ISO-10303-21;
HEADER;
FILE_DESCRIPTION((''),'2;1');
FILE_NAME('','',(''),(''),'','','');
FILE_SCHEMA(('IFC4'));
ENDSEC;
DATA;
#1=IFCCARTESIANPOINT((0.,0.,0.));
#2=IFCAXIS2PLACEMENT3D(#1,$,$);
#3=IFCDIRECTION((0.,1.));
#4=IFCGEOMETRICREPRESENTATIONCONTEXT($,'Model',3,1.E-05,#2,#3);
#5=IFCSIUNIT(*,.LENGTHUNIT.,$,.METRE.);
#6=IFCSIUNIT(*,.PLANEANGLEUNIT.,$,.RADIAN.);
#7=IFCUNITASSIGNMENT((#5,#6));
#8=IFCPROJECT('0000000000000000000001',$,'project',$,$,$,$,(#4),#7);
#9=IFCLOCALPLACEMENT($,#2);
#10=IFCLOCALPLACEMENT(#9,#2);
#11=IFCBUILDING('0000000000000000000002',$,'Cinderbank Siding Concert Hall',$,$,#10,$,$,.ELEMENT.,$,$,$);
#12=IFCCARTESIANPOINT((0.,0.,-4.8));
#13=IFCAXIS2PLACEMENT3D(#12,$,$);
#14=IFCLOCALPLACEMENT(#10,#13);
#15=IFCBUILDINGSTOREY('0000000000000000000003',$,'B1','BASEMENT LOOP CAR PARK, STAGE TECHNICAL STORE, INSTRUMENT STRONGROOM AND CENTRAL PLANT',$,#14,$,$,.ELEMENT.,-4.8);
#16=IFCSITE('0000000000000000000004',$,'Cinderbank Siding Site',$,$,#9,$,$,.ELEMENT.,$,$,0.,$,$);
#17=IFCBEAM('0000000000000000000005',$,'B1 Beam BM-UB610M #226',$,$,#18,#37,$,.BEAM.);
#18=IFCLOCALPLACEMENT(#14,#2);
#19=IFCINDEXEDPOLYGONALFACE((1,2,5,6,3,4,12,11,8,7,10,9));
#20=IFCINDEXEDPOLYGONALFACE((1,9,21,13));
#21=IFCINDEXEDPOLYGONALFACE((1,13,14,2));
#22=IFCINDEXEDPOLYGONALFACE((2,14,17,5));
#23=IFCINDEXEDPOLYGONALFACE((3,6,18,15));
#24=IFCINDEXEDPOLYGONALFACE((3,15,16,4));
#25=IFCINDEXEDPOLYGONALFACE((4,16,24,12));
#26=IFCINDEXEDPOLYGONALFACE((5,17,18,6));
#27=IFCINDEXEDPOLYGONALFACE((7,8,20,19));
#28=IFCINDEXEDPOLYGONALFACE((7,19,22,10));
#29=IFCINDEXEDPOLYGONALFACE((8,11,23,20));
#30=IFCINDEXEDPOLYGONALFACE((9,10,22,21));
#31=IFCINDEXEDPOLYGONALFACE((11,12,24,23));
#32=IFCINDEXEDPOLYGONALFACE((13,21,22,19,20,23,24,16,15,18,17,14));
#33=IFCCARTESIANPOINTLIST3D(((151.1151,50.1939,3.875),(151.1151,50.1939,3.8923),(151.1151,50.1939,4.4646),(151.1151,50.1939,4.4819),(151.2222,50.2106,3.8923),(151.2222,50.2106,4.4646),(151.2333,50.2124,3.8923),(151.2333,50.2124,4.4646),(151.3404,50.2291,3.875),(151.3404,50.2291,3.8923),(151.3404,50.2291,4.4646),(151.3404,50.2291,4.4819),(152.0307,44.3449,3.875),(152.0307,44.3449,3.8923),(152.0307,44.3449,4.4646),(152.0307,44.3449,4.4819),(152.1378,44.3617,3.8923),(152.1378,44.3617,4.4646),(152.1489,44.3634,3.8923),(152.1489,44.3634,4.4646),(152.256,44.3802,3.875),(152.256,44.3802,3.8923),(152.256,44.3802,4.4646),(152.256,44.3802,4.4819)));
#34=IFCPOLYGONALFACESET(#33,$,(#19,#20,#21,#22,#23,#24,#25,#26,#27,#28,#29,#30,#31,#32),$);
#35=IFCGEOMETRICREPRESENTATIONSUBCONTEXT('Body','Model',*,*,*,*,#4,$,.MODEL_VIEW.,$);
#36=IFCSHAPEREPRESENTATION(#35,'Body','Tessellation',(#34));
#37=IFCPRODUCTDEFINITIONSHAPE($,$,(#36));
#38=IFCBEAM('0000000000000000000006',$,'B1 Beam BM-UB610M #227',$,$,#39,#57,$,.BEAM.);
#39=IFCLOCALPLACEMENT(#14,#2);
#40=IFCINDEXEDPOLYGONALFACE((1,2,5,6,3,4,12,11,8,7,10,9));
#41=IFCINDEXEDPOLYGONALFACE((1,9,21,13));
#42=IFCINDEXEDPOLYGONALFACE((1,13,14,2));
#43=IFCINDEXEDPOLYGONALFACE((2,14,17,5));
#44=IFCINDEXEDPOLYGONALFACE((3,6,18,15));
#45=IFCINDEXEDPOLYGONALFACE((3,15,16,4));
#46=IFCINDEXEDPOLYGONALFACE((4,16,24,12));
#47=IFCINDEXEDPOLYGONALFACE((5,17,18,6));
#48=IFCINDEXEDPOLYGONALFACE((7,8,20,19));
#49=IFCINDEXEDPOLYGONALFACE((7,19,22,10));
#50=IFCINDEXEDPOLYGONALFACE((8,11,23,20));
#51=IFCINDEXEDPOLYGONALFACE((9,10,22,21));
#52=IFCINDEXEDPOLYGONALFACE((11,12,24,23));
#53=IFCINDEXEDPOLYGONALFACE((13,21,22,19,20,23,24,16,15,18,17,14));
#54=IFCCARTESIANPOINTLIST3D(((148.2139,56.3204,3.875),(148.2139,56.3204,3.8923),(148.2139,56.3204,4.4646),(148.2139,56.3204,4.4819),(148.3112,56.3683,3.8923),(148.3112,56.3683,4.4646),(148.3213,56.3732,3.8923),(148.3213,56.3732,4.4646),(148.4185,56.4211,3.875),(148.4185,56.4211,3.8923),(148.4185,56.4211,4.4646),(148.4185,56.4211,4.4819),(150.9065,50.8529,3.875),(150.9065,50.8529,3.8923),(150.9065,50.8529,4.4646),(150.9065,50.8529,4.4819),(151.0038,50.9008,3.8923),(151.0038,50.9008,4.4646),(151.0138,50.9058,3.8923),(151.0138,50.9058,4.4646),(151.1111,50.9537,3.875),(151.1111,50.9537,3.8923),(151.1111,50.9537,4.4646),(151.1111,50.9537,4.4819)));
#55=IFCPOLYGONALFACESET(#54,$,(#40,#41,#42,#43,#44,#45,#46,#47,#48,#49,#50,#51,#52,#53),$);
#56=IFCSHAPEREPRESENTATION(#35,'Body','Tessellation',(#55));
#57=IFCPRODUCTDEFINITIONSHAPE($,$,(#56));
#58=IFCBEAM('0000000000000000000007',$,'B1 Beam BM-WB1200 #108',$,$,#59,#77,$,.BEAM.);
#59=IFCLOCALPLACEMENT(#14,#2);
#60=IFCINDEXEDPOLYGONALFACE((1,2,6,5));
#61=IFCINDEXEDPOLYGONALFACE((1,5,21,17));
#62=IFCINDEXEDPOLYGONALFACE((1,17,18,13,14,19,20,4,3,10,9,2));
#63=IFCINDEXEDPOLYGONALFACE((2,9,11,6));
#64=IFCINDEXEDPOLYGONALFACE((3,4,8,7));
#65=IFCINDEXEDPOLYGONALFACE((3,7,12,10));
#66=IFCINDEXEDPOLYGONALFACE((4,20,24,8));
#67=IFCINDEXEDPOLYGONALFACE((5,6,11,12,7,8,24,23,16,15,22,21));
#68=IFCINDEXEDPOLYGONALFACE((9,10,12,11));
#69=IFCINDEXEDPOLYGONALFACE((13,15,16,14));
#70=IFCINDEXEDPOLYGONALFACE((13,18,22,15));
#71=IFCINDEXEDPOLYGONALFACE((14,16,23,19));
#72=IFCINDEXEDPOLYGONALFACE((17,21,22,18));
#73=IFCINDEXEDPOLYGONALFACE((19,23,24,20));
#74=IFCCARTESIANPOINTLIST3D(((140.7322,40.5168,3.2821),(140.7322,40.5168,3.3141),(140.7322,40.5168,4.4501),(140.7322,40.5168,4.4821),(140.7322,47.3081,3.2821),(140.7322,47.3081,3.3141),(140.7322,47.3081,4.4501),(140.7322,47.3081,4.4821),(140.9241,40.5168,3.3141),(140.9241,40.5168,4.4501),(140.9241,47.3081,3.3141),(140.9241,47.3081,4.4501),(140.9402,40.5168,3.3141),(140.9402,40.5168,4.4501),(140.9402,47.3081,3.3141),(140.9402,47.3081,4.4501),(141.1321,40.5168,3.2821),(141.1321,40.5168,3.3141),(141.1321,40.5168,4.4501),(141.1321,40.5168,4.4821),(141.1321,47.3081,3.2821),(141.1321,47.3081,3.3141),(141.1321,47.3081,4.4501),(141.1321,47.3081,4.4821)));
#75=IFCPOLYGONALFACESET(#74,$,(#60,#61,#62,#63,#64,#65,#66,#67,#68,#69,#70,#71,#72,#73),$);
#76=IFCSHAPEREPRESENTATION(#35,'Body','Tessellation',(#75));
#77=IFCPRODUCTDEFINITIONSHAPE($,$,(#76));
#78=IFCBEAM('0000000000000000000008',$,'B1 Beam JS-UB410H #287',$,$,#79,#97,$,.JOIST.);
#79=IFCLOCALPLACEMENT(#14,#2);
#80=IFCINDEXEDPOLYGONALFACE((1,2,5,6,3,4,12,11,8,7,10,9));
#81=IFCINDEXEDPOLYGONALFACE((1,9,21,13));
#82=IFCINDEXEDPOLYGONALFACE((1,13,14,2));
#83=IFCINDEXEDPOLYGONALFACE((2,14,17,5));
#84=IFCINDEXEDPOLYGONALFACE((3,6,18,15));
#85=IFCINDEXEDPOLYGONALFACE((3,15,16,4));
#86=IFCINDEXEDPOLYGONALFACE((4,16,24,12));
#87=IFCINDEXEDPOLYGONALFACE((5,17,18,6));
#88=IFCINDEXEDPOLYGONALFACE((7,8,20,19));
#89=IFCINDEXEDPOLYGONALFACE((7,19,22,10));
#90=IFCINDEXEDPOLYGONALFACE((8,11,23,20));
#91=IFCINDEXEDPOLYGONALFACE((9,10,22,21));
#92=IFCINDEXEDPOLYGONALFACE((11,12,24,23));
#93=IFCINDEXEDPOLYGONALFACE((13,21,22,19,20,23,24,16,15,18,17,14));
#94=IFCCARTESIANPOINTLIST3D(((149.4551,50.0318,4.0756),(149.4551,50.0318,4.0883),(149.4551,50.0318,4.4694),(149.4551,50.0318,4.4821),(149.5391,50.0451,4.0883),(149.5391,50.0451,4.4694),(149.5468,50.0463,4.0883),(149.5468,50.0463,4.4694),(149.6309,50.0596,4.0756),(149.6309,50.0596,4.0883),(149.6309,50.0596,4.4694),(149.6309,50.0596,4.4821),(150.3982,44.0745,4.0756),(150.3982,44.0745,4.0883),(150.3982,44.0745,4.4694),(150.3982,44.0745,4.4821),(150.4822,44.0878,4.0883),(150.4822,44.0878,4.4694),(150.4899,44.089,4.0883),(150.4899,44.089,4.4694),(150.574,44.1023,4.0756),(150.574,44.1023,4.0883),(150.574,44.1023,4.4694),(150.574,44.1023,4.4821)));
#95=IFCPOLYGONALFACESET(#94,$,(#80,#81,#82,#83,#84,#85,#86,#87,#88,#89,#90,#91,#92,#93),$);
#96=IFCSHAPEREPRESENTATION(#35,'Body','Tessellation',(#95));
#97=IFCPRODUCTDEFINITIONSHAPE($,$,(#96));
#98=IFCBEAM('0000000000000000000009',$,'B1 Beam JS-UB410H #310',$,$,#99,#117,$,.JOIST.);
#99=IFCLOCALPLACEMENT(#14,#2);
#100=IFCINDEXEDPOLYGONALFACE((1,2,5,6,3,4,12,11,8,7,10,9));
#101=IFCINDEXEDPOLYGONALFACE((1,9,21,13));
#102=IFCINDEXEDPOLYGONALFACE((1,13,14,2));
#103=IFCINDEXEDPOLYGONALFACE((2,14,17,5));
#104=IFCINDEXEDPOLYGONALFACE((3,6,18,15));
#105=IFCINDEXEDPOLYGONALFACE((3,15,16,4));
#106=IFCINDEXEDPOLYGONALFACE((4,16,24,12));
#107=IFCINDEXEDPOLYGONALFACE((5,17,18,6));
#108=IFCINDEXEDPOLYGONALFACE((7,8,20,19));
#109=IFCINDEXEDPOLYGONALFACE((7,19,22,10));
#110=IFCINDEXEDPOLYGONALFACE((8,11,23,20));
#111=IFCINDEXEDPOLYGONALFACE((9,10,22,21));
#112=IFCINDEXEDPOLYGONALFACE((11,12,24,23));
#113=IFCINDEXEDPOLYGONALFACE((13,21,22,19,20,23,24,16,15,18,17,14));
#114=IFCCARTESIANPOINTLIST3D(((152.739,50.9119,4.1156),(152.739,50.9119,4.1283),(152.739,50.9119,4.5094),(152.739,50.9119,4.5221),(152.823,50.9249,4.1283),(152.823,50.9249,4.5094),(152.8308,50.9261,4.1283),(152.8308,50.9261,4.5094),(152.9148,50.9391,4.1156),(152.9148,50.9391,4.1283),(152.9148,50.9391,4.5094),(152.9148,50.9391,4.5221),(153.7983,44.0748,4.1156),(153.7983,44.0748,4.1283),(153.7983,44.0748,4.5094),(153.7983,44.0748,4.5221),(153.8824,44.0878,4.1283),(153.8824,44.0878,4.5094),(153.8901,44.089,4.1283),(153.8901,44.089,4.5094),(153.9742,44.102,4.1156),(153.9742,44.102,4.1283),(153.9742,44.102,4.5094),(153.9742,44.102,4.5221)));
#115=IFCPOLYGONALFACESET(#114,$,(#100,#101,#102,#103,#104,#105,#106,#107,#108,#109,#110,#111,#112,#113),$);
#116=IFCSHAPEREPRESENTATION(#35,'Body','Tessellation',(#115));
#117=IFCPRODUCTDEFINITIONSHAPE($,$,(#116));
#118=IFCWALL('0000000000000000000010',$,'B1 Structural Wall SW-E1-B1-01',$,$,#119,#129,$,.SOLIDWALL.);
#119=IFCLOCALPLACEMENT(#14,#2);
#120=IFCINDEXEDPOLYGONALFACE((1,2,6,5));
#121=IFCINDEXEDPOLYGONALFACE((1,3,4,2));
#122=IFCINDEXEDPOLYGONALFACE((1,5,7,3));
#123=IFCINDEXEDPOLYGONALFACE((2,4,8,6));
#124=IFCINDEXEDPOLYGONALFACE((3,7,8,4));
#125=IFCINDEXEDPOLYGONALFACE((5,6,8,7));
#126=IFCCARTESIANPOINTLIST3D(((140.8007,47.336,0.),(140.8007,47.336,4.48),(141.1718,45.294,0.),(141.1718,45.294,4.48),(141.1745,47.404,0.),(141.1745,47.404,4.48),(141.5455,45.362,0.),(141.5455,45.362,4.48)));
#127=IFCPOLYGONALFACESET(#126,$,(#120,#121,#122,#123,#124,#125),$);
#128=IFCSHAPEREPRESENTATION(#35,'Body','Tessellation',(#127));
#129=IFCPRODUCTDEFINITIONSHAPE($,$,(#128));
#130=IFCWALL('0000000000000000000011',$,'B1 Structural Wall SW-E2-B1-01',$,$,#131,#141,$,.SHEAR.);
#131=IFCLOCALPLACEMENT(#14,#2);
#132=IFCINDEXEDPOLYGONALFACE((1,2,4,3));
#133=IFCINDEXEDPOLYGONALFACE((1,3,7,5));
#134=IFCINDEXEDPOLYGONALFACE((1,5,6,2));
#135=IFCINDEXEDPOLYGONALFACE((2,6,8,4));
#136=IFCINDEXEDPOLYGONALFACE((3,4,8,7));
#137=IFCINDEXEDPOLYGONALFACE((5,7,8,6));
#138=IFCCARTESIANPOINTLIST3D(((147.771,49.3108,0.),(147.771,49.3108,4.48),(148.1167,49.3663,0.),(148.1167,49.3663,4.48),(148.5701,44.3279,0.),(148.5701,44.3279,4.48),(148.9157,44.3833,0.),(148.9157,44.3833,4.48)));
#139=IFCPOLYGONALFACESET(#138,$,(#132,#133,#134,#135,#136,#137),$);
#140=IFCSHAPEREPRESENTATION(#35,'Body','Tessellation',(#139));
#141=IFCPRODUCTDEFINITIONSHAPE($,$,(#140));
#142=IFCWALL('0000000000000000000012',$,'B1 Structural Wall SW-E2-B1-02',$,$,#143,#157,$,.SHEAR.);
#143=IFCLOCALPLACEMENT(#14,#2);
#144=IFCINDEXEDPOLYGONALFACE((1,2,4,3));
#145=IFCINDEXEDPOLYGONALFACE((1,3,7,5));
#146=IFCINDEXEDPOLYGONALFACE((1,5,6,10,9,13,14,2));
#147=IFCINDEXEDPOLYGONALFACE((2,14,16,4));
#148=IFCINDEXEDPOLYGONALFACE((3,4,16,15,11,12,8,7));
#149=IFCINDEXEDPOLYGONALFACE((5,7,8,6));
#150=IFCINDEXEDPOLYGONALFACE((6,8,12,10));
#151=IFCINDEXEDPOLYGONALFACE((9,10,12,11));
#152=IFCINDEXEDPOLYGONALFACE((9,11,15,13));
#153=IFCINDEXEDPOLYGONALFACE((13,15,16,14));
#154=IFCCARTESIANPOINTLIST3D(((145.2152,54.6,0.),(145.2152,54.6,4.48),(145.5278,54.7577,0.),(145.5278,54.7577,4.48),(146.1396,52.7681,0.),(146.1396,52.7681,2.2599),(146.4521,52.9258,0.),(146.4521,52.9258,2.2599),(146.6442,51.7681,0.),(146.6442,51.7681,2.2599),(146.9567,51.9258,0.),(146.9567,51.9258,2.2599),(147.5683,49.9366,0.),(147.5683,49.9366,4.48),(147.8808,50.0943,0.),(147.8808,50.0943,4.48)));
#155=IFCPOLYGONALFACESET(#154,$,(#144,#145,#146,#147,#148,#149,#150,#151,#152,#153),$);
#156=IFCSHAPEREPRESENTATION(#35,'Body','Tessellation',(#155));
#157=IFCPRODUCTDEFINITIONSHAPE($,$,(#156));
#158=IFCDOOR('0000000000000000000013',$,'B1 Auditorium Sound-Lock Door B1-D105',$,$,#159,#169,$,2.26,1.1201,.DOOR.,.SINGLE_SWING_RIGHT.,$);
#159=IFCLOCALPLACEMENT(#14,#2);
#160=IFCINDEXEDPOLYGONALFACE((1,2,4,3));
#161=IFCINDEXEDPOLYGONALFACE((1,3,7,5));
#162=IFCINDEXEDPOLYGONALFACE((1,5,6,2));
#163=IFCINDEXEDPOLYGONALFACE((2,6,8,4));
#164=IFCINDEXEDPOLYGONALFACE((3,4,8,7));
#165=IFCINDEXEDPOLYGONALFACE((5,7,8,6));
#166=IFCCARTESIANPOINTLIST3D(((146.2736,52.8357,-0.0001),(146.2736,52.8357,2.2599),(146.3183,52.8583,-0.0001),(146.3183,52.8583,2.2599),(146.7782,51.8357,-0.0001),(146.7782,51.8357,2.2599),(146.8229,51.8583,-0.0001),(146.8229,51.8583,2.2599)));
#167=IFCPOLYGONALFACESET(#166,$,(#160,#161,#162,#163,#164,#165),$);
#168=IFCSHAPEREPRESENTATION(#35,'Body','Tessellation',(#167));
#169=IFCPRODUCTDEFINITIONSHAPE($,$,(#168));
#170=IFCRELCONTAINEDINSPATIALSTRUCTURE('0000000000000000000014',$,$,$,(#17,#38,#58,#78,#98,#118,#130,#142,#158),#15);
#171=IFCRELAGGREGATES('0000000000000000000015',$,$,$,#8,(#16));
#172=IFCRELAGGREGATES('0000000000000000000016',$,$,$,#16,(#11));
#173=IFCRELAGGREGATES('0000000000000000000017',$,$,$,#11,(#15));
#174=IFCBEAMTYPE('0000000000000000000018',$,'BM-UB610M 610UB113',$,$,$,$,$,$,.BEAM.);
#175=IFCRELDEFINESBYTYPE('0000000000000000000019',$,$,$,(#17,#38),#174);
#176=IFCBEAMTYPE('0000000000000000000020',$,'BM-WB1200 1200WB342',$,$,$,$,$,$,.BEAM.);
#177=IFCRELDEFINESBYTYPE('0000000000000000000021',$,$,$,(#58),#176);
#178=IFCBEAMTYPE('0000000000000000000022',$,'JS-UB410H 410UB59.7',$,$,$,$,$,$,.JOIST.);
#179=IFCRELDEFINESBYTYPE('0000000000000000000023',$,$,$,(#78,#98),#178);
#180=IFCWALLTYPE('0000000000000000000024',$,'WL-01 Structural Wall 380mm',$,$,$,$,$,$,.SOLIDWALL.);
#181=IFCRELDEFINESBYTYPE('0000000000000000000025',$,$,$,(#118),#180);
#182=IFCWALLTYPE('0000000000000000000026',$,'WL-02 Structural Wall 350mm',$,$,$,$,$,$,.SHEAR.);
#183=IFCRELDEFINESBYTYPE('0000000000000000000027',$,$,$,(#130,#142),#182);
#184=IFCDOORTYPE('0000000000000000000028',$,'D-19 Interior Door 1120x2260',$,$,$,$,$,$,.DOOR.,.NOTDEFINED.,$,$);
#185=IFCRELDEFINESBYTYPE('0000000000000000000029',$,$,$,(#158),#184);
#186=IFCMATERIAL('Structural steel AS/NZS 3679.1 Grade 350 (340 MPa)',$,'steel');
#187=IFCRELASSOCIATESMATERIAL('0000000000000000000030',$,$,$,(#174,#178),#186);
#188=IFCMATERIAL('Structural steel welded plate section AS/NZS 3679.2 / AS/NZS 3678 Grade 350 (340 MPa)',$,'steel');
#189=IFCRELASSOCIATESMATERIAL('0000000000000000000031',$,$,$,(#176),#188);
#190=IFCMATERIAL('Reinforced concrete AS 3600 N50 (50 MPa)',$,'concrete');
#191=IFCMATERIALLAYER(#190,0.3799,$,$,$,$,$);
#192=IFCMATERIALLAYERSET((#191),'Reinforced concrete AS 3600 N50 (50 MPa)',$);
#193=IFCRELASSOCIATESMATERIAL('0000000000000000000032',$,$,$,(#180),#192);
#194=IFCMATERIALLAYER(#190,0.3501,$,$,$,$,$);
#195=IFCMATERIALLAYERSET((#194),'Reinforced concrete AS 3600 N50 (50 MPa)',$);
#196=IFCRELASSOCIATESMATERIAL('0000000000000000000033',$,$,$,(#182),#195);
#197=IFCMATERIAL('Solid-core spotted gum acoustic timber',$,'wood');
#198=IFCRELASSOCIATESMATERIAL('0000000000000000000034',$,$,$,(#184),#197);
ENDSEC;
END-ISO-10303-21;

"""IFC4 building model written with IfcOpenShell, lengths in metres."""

from ifc_helpers import new_model, si_unit, direction, frame, frame_2d, origin, origin_2d, place, context, subcontext, project, spatial, rectangle, i_section, extrude, material, layer, layer_set, material_profile, profile_set, type_object, element, fill, save


model = new_model("IFC4")

# Units and contexts
model_context = context("Model", 3, precision=1e-05, world=origin(), true_north=direction((0.0, 1.0)))
body_context = subcontext(model_context, "Body", "Model", "MODEL_VIEW")
ifc_project = project(units=[si_unit("LENGTHUNIT", "METRE"), si_unit("PLANEANGLEUNIT", "RADIAN")], contexts=[model_context])

# Site, building, storey
site_placement = place(None, origin())
site = spatial("IfcSite", under=ifc_project, at=site_placement, Name="Cinderbank Siding Site", CompositionType="ELEMENT", RefElevation=0.0)
building_placement = place(site_placement, origin())
building = spatial("IfcBuilding", under=site, at=building_placement, Name="Cinderbank Siding Concert Hall", CompositionType="ELEMENT")
storey_placement = place(building_placement, frame((0.0, 0.0, -4.8)))
storey = spatial("IfcBuildingStorey", under=building, at=storey_placement, Name="B1", Description="BASEMENT LOOP CAR PARK, STAGE TECHNICAL STORE, INSTRUMENT STRONGROOM AND CENTRAL PLANT", CompositionType="ELEMENT", Elevation=-4.8)

# Shared definitions
ifc_material_1 = material(Name="Reinforced concrete AS 3600 N50 (50 MPa)", Category="concrete")

# Beams
ifc_material_2 = material(Name="Structural steel AS/NZS 3679.1 Grade 350 (340 MPa)", Category="steel")
ifc_material_profile_1 = material_profile(ifc_material_2, i_section(OverallWidth=0.228, OverallDepth=0.6069, WebThickness=0.0112, FlangeThickness=0.0173, at=origin_2d()), Name="610UB113", Category="LoadBearing")
ifc_profile_set_1 = profile_set([ifc_material_profile_1], Name="Structural steel AS/NZS 3679.1 Grade 350 (340 MPa)")
beam_type_1 = type_object("IfcBeamType", Name="BM-UB610M 610UB113", PredefinedType="BEAM", material=ifc_profile_set_1)
beam_1_placement = place(storey_placement, frame((152.1433, 44.3625, 4.1785), z_axis=(-0.154647, 0.98797, 0.0), x_axis=(-0.98797, -0.154647, 0.0)))
element("IfcBeam", 1, at=beam_1_placement, inside=storey, type_object=beam_type_1, Name="B1 Beam BM-UB610M #226", PredefinedType="BEAM", context=body_context, shape_type="SweptSolid", body=[
    extrude(i_section(OverallWidth=0.228, OverallDepth=0.6069, WebThickness=0.0112, FlangeThickness=0.0173, at=origin_2d()), origin(), (0.0, 0.0, 1.0), 5.9202),
])
beam_2_placement = place(storey_placement, frame((151.0088, 50.9033, 4.1785), z_axis=(-0.441806, 0.897111, 0.0), x_axis=(-0.897111, -0.441806, 0.0)))
element("IfcBeam", 2, at=beam_2_placement, inside=storey, type_object=beam_type_1, Name="B1 Beam BM-UB610M #227", PredefinedType="BEAM", context=body_context, shape_type="SweptSolid", body=[
    extrude(i_section(OverallWidth=0.228, OverallDepth=0.6069, WebThickness=0.0112, FlangeThickness=0.0173, at=origin_2d()), origin(), (0.0, 0.0, 1.0), 6.0945),
])
ifc_material_3 = material(Name="Structural steel welded plate section AS/NZS 3679.2 / AS/NZS 3678 Grade 350 (340 MPa)", Category="steel")
ifc_material_profile_2 = material_profile(ifc_material_3, i_section(OverallWidth=0.3999, OverallDepth=1.2, WebThickness=0.0161, FlangeThickness=0.032, at=origin_2d()), Name="1200WB342", Category="LoadBearing")
ifc_profile_set_2 = profile_set([ifc_material_profile_2], Name="Structural steel welded plate section AS/NZS 3679.2 / AS/NZS 3678 Grade 350 (340 MPa)")
beam_type_2 = type_object("IfcBeamType", Name="BM-WB1200 1200WB342", PredefinedType="BEAM", material=ifc_profile_set_2)
beam_3_placement = place(storey_placement, frame((140.9321, 47.3081, 3.8821), z_axis=(0.0, -1.0, 0.0), x_axis=(1.0, 0.0, 0.0)))
element("IfcBeam", 3, at=beam_3_placement, inside=storey, type_object=beam_type_2, Name="B1 Beam BM-WB1200 #108", PredefinedType="BEAM", context=body_context, shape_type="SweptSolid", body=[
    extrude(i_section(OverallWidth=0.3999, OverallDepth=1.2, WebThickness=0.0161, FlangeThickness=0.032, at=origin_2d()), origin(), (0.0, 0.0, 1.0), 6.7913),
])
ifc_material_profile_3 = material_profile(ifc_material_2, i_section(OverallWidth=0.178, OverallDepth=0.4065, WebThickness=0.0078, FlangeThickness=0.0127, at=origin_2d()), Name="410UB59.7", Category="LoadBearing")
ifc_profile_set_3 = profile_set([ifc_material_profile_3], Name="Structural steel AS/NZS 3679.1 Grade 350 (340 MPa)")
beam_type_3 = type_object("IfcBeamType", Name="JS-UB410H 410UB59.7", PredefinedType="JOIST", material=ifc_profile_set_3)
beam_4_placement = place(storey_placement, frame((150.4861, 44.0884, 4.2788), z_axis=(-0.156366, 0.987699, 0.0), x_axis=(-0.987699, -0.156366, 0.0)))
element("IfcBeam", 4, at=beam_4_placement, inside=storey, type_object=beam_type_3, Name="B1 Beam JS-UB410H #287", PredefinedType="JOIST", context=body_context, shape_type="SweptSolid", body=[
    extrude(i_section(OverallWidth=0.178, OverallDepth=0.4065, WebThickness=0.0078, FlangeThickness=0.0127, at=origin_2d()), origin(), (0.0, 0.0, 1.0), 6.0315),
])
beam_5_placement = place(storey_placement, frame((153.8862, 44.0884, 4.3188), z_axis=(-0.15311, 0.988209, 0.0), x_axis=(-0.988209, -0.15311, 0.0)))
element("IfcBeam", 5, at=beam_5_placement, inside=storey, type_object=beam_type_3, Name="B1 Beam JS-UB410H #310", PredefinedType="JOIST", context=body_context, shape_type="SweptSolid", body=[
    extrude(i_section(OverallWidth=0.178, OverallDepth=0.4065, WebThickness=0.0078, FlangeThickness=0.0127, at=origin_2d()), origin(), (0.0, 0.0, 1.0), 6.9187),
])

# Walls
ifc_layer_1 = layer(ifc_material_1, 0.3799)
ifc_layer_set_1 = layer_set([ifc_layer_1], Name="Reinforced concrete AS 3600 N50 (50 MPa)")
wall_type_1 = type_object("IfcWallType", Name="WL-01 Structural Wall 380mm", PredefinedType="SOLIDWALL", material=ifc_layer_set_1)
wall_1_placement = place(storey_placement, frame((141.3586, 45.3281, 0.0), z_axis=(0.0, 0.0, 1.0), x_axis=(-0.178803, 0.983885, 0.0)))
element("IfcWall", 6, at=wall_1_placement, inside=storey, type_object=wall_type_1, Name="B1 Structural Wall SW-E1-B1-01", PredefinedType="SOLIDWALL", context=body_context, shape_type="SweptSolid", body=[
    extrude(rectangle(XDim=2.0754, YDim=0.3799, at=frame_2d((1.0376, 0.0))), origin(), (0.0, 0.0, 1.0), 4.48),
])
ifc_layer_2 = layer(ifc_material_1, 0.3501)
ifc_layer_set_2 = layer_set([ifc_layer_2], Name="Reinforced concrete AS 3600 N50 (50 MPa)")
wall_type_2 = type_object("IfcWallType", Name="WL-02 Structural Wall 350mm", PredefinedType="SHEAR", material=ifc_layer_set_2)
wall_2_placement = place(storey_placement, frame((148.7429, 44.3555, 0.0), z_axis=(0.0, 0.0, 1.0), x_axis=(-0.15834, 0.987385, 0.0)))
element("IfcWall", 7, at=wall_2_placement, inside=storey, type_object=wall_type_2, Name="B1 Structural Wall SW-E2-B1-01", PredefinedType="SHEAR", context=body_context, shape_type="SweptSolid", body=[
    extrude(rectangle(XDim=5.0466, YDim=0.3501, at=frame_2d((2.5234, 0.0))), origin(), (0.0, 0.0, 1.0), 4.48),
])

# Wall, opening, door
wall_3_placement = place(storey_placement, frame((147.7246, 50.0154, 0.0), z_axis=(0.0, 0.0, 1.0), x_axis=(-0.450482, 0.892785, 0.0)))
wall_3 = element("IfcWall", 8, at=wall_3_placement, inside=storey, type_object=wall_type_2, Name="B1 Structural Wall SW-E2-B1-02", PredefinedType="SHEAR", context=body_context, shape_type="SweptSolid", body=[
    extrude(rectangle(XDim=5.2234, YDim=0.3501, at=frame_2d((2.6118, 0.0))), origin(), (0.0, 0.0, 1.0), 4.48),
])
opening_placement = place(wall_3_placement, frame((2.0515, 0.0, 0.0)))
opening = element("IfcOpeningElement", 9, at=opening_placement, cuts=wall_3, PredefinedType="OPENING", context=body_context, shape_type="SweptSolid", body=[
    extrude(rectangle(XDim=1.1201, YDim=2.26, at=frame_2d((0.5601, 1.1299))), frame((0.0, 0.187, 0.0), z_axis=(0.0, -1.0, 0.0), x_axis=(1.0, 0.0, 0.0)), (0.0, 0.0, 1.0), 0.374),
])
ifc_material_4 = material(Name="Solid-core spotted gum acoustic timber", Category="wood")
door_type = type_object("IfcDoorType", Name="D-19 Interior Door 1120x2260", OperationType="NOTDEFINED", PredefinedType="DOOR", material=ifc_material_4)
door_placement = place(opening_placement, origin())
door = element("IfcDoor", 10, at=door_placement, inside=storey, type_object=door_type, Name="B1 Auditorium Sound-Lock Door B1-D105", OperationType="SINGLE_SWING_RIGHT", OverallHeight=2.26, OverallWidth=1.1201, PredefinedType="DOOR", context=body_context, shape_type="SweptSolid", body=[
    extrude(rectangle(XDim=1.1201, YDim=2.26, at=frame_2d((0.5601, 1.1299))), frame((0.0, 0.0249, 0.0), z_axis=(0.0, -1.0, 0.0), x_axis=(1.0, 0.0, 0.0)), (0.0, 0.0, 1.0), 0.05),
])
fill(opening, door)

save(model, "model.ifc")
